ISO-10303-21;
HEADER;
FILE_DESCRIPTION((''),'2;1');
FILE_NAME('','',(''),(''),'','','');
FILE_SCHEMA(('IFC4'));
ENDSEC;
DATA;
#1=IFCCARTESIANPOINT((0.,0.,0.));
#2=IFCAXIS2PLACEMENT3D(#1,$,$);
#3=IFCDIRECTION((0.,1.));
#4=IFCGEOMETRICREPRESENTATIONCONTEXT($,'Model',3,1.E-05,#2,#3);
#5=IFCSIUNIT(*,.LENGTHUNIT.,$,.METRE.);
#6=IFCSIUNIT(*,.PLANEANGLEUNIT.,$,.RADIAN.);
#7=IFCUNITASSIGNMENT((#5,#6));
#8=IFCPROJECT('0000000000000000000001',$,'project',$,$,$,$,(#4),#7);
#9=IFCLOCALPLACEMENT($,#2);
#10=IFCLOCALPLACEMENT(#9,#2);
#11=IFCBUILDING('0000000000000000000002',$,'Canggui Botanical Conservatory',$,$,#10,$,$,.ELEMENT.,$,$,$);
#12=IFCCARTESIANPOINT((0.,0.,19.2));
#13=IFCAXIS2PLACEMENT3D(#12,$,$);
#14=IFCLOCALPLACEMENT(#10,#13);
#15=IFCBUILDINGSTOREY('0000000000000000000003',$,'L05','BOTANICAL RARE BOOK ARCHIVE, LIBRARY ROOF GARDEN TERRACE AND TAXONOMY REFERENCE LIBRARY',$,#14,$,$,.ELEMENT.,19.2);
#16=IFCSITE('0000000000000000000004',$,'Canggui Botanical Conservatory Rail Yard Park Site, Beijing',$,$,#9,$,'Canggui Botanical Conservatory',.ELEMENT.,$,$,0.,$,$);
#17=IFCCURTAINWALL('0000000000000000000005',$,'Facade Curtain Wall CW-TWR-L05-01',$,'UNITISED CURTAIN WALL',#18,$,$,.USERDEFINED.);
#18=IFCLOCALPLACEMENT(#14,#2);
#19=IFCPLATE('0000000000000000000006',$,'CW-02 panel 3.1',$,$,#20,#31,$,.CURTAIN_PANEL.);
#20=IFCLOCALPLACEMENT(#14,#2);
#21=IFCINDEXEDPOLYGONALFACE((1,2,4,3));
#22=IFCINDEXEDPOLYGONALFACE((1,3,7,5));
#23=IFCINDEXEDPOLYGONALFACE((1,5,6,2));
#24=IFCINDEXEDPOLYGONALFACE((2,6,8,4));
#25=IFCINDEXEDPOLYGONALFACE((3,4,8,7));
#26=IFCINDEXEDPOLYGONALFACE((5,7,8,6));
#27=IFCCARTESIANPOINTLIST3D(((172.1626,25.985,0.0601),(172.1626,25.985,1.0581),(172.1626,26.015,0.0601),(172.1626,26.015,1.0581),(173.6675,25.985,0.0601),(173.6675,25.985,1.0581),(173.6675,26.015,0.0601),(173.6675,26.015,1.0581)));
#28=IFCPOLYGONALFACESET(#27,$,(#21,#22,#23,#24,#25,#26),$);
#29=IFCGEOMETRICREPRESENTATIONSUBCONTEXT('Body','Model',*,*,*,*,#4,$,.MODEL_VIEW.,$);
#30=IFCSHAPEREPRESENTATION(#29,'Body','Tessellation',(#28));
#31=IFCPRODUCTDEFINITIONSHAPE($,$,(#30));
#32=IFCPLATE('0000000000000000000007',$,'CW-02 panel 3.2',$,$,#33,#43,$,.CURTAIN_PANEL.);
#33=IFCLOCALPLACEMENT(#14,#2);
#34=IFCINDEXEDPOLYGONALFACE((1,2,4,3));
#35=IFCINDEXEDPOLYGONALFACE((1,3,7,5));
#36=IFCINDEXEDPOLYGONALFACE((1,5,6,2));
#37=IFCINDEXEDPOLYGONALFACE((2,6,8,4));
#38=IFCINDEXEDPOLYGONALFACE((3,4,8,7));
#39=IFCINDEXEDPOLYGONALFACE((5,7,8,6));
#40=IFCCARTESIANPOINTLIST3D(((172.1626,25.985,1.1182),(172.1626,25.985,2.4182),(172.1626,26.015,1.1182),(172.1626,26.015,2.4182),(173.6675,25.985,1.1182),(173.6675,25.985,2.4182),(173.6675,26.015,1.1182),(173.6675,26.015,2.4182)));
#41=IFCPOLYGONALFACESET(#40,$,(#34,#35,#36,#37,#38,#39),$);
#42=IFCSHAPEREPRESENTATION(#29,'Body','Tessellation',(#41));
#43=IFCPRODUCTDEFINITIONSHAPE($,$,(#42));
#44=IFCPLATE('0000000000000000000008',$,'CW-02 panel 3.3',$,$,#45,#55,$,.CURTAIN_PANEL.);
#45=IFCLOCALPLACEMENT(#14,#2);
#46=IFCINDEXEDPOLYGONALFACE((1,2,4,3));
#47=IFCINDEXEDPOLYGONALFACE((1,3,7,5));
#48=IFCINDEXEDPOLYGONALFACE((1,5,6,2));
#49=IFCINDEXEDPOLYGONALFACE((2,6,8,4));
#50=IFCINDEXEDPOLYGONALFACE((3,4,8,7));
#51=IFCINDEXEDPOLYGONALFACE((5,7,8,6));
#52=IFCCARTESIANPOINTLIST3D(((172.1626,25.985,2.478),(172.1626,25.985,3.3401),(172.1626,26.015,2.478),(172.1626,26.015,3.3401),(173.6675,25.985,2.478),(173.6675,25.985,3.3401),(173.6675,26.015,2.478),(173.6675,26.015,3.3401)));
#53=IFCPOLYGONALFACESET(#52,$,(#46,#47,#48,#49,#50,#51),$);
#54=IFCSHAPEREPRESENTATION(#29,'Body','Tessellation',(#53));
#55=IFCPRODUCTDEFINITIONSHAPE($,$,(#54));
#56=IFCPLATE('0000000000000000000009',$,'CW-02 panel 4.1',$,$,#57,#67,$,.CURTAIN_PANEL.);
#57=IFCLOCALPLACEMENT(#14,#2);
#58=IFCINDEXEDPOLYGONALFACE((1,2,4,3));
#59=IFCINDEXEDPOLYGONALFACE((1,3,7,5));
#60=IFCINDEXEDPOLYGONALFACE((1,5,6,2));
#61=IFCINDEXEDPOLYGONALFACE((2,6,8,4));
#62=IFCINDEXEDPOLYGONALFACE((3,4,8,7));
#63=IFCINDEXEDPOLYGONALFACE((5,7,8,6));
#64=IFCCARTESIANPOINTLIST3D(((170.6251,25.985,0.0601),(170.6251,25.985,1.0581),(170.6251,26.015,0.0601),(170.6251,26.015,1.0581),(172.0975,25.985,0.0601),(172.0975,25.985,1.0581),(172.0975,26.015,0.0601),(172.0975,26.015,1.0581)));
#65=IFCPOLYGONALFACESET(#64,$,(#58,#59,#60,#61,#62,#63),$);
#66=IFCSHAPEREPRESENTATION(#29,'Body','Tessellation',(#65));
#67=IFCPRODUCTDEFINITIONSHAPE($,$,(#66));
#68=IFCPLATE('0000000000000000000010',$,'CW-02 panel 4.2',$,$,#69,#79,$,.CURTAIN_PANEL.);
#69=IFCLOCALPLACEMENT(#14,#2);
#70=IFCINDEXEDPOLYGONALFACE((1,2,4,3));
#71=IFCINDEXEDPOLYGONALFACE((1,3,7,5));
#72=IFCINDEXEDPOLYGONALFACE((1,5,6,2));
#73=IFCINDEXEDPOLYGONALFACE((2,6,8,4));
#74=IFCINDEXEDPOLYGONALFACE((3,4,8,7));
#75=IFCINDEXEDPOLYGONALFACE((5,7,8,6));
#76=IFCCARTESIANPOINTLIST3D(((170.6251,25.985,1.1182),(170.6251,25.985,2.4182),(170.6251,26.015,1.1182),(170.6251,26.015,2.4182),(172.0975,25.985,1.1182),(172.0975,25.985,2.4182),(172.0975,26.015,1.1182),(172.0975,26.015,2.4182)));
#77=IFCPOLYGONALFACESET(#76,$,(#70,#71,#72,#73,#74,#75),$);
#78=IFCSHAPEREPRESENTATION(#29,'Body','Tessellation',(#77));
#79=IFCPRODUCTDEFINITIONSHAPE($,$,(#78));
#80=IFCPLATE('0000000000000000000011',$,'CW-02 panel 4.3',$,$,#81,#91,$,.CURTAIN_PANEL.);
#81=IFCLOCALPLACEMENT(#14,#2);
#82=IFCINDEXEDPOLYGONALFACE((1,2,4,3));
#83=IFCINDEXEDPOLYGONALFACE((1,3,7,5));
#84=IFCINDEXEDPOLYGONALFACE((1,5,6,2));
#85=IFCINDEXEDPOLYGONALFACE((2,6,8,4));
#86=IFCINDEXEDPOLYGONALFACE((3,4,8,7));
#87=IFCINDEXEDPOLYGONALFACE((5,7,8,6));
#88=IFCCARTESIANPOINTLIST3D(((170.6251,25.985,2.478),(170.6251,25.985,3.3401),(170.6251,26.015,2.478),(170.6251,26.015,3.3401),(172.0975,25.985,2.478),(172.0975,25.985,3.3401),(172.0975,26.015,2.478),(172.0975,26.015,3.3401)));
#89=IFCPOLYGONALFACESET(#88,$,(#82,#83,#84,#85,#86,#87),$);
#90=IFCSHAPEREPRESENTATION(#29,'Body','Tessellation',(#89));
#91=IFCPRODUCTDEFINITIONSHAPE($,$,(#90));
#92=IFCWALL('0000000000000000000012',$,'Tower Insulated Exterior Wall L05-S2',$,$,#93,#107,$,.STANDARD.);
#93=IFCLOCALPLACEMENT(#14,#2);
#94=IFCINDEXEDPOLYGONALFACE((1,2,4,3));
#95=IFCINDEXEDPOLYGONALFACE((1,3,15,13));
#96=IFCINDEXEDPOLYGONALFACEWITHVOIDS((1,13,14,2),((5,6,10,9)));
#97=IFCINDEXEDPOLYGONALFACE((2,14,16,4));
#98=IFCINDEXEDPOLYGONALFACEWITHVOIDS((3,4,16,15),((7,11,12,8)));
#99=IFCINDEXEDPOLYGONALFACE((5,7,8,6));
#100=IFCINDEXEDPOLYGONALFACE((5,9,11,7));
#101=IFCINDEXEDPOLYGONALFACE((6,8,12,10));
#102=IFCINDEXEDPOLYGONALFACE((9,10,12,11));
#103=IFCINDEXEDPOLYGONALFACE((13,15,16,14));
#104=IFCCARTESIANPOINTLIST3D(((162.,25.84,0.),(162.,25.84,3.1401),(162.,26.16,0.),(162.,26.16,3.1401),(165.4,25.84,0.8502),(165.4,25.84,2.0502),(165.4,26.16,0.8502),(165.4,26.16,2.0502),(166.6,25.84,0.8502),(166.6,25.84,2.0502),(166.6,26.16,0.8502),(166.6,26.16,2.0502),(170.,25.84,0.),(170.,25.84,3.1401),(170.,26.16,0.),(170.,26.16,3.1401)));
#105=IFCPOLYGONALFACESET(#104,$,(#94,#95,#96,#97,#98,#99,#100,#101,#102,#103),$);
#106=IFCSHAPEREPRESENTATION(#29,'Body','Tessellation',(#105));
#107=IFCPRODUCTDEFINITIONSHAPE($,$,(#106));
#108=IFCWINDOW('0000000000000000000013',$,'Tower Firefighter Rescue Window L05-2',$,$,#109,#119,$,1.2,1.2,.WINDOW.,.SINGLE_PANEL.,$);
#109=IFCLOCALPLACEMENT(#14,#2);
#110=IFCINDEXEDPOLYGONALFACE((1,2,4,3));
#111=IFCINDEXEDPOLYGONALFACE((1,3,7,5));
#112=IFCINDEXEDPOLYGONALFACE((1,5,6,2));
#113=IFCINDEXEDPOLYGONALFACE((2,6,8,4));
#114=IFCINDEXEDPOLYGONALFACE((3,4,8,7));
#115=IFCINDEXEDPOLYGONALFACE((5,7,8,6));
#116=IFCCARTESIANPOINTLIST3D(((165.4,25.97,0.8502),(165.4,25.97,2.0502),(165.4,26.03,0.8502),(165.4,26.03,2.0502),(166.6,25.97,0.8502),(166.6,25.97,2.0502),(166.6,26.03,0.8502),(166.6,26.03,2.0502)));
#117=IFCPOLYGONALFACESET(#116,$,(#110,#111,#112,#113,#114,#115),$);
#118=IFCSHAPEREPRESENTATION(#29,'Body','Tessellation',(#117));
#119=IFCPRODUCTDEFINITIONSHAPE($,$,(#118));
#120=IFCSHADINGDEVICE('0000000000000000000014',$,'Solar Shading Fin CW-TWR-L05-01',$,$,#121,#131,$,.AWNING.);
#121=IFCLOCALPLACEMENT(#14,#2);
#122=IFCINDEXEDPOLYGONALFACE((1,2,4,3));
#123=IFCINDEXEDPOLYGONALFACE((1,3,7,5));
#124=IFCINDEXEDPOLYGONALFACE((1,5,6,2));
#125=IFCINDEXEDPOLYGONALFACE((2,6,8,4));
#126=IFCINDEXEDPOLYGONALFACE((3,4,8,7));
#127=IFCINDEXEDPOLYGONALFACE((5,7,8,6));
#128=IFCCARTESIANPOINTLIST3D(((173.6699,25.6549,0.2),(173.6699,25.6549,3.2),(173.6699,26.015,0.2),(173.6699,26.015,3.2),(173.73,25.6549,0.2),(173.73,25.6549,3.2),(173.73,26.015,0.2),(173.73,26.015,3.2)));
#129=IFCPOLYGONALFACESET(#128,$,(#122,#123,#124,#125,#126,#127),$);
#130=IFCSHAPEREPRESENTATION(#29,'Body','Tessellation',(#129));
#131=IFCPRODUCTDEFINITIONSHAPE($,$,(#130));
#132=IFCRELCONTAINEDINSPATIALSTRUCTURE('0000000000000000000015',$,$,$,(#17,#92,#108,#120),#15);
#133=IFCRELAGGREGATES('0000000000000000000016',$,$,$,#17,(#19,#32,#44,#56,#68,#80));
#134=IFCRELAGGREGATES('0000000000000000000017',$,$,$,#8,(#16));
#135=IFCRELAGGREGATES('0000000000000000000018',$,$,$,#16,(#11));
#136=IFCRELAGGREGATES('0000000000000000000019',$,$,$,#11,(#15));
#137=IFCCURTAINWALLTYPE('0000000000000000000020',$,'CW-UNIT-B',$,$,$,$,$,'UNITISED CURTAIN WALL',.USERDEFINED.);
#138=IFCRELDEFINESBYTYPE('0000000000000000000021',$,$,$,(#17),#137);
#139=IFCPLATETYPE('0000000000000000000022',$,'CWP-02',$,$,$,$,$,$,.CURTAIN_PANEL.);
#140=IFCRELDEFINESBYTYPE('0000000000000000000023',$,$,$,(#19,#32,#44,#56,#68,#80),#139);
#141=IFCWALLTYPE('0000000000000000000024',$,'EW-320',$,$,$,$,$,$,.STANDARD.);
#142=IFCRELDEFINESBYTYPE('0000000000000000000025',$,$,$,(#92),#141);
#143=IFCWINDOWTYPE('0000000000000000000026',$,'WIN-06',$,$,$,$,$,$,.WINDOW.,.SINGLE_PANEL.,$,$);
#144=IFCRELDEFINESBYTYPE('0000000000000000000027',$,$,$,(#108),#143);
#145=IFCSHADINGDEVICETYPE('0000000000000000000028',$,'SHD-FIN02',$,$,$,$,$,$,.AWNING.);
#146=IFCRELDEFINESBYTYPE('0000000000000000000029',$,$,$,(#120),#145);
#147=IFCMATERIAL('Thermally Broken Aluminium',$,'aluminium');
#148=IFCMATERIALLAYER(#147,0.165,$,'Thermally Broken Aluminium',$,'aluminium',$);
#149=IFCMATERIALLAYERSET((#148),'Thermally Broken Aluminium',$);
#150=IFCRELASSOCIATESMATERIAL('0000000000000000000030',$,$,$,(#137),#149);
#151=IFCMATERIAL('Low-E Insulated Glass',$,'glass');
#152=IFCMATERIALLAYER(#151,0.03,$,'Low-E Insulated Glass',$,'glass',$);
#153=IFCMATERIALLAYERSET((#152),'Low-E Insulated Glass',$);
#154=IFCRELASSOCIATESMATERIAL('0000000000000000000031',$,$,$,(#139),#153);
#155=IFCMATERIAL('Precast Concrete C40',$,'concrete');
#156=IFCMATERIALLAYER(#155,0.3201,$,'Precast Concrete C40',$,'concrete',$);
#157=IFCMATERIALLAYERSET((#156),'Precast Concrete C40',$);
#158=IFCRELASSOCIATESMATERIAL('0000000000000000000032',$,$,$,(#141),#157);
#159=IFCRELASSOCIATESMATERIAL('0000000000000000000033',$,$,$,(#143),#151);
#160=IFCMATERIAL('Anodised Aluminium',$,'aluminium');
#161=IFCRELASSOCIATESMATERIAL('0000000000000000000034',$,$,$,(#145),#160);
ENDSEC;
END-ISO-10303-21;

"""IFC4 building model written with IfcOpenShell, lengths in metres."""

from ifc_helpers import new_model, si_unit, direction, frame, frame_2d, origin, origin_2d, place, context, subcontext, project, spatial, rectangle, extrude, material, layer, layer_set, type_object, element, fill, aggregate, save


model = new_model("IFC4")

# Units and contexts
model_context = context("Model", 3, precision=1e-05, world=origin(), true_north=direction((0.0, 1.0)))
body_context = subcontext(model_context, "Body", "Model", "MODEL_VIEW")
ifc_project = project(units=[si_unit("LENGTHUNIT", "METRE"), si_unit("PLANEANGLEUNIT", "RADIAN")], contexts=[model_context])

# Site, building, storey
site_placement = place(None, origin())
site = spatial("IfcSite", under=ifc_project, at=site_placement, Name="Canggui Botanical Conservatory Rail Yard Park Site, Beijing", LongName="Canggui Botanical Conservatory", CompositionType="ELEMENT", RefElevation=0.0)
building_placement = place(site_placement, origin())
building = spatial("IfcBuilding", under=site, at=building_placement, Name="Canggui Botanical Conservatory", CompositionType="ELEMENT")
storey_placement = place(building_placement, frame((0.0, 0.0, 19.2)))
storey = spatial("IfcBuildingStorey", under=building, at=storey_placement, Name="L05", Description="BOTANICAL RARE BOOK ARCHIVE, LIBRARY ROOF GARDEN TERRACE AND TAXONOMY REFERENCE LIBRARY", CompositionType="ELEMENT", Elevation=19.2)

# Curtain wall, plates
ifc_material_1 = material(Name="Thermally Broken Aluminium", Category="aluminium")
ifc_layer_1 = layer(ifc_material_1, 0.165, Name="Thermally Broken Aluminium", Category="aluminium")
ifc_layer_set_1 = layer_set([ifc_layer_1], Name="Thermally Broken Aluminium")
curtain_wall_type = type_object("IfcCurtainWallType", Name="CW-UNIT-B", ElementType="UNITISED CURTAIN WALL", PredefinedType="USERDEFINED", material=ifc_layer_set_1)
curtain_wall_placement = place(storey_placement, origin())
curtain_wall = element("IfcCurtainWall", 1, at=curtain_wall_placement, inside=storey, type_object=curtain_wall_type, Name="Facade Curtain Wall CW-TWR-L05-01", ObjectType="UNITISED CURTAIN WALL", PredefinedType="USERDEFINED")
ifc_material_2 = material(Name="Low-E Insulated Glass", Category="glass")
ifc_layer_2 = layer(ifc_material_2, 0.03, Name="Low-E Insulated Glass", Category="glass")
ifc_layer_set_2 = layer_set([ifc_layer_2], Name="Low-E Insulated Glass")
plate_type = type_object("IfcPlateType", Name="CWP-02", PredefinedType="CURTAIN_PANEL", material=ifc_layer_set_2)
plate_1_placement = place(storey_placement, frame((172.915, 26.0, 0.0601), z_axis=(0.0, 0.0, 1.0), x_axis=(-1.0, 0.0, 0.0)))
plate_1 = element("IfcPlate", 2, at=plate_1_placement, type_object=plate_type, Name="CW-02 panel 3.1", PredefinedType="CURTAIN_PANEL", context=body_context, shape_type="SweptSolid", body=[
    extrude(rectangle(XDim=1.5049, YDim=0.03, at=origin_2d()), origin(), (0.0, 0.0, 1.0), 0.998),
])
plate_2_placement = place(storey_placement, frame((172.915, 26.0, 1.1182), z_axis=(0.0, 0.0, 1.0), x_axis=(-1.0, 0.0, 0.0)))
plate_2 = element("IfcPlate", 3, at=plate_2_placement, type_object=plate_type, Name="CW-02 panel 3.2", PredefinedType="CURTAIN_PANEL", context=body_context, shape_type="SweptSolid", body=[
    extrude(rectangle(XDim=1.5049, YDim=0.03, at=origin_2d()), origin(), (0.0, 0.0, 1.0), 1.3),
])
plate_3_placement = place(storey_placement, frame((172.915, 26.0, 2.478), z_axis=(0.0, 0.0, 1.0), x_axis=(-1.0, 0.0, 0.0)))
plate_3 = element("IfcPlate", 4, at=plate_3_placement, type_object=plate_type, Name="CW-02 panel 3.3", PredefinedType="CURTAIN_PANEL", context=body_context, shape_type="SweptSolid", body=[
    extrude(rectangle(XDim=1.5049, YDim=0.03, at=origin_2d()), origin(), (0.0, 0.0, 1.0), 0.8621),
])
plate_4_placement = place(storey_placement, frame((171.3613, 26.0, 0.0601), z_axis=(0.0, 0.0, 1.0), x_axis=(-1.0, 0.0, 0.0)))
plate_4 = element("IfcPlate", 5, at=plate_4_placement, type_object=plate_type, Name="CW-02 panel 4.1", PredefinedType="CURTAIN_PANEL", context=body_context, shape_type="SweptSolid", body=[
    extrude(rectangle(XDim=1.4724, YDim=0.03, at=origin_2d()), origin(), (0.0, 0.0, 1.0), 0.998),
])
plate_5_placement = place(storey_placement, frame((171.3613, 26.0, 1.1182), z_axis=(0.0, 0.0, 1.0), x_axis=(-1.0, 0.0, 0.0)))
plate_5 = element("IfcPlate", 6, at=plate_5_placement, type_object=plate_type, Name="CW-02 panel 4.2", PredefinedType="CURTAIN_PANEL", context=body_context, shape_type="SweptSolid", body=[
    extrude(rectangle(XDim=1.4724, YDim=0.03, at=origin_2d()), origin(), (0.0, 0.0, 1.0), 1.3),
])
plate_6_placement = place(storey_placement, frame((171.3613, 26.0, 2.478), z_axis=(0.0, 0.0, 1.0), x_axis=(-1.0, 0.0, 0.0)))
plate_6 = element("IfcPlate", 7, at=plate_6_placement, type_object=plate_type, Name="CW-02 panel 4.3", PredefinedType="CURTAIN_PANEL", context=body_context, shape_type="SweptSolid", body=[
    extrude(rectangle(XDim=1.4724, YDim=0.03, at=origin_2d()), origin(), (0.0, 0.0, 1.0), 0.8621),
])
aggregate(curtain_wall, [plate_1, plate_2, plate_3, plate_4, plate_5, plate_6])

# Wall, opening, window
ifc_material_3 = material(Name="Precast Concrete C40", Category="concrete")
ifc_layer_3 = layer(ifc_material_3, 0.3201, Name="Precast Concrete C40", Category="concrete")
ifc_layer_set_3 = layer_set([ifc_layer_3], Name="Precast Concrete C40")
wall_type = type_object("IfcWallType", Name="EW-320", PredefinedType="STANDARD", material=ifc_layer_set_3)
wall_placement = place(storey_placement, frame((170.0, 26.0, 0.0), z_axis=(0.0, 0.0, 1.0), x_axis=(-1.0, 0.0, 0.0)))
wall = element("IfcWall", 8, at=wall_placement, inside=storey, type_object=wall_type, Name="Tower Insulated Exterior Wall L05-S2", PredefinedType="STANDARD", context=body_context, shape_type="SweptSolid", body=[
    extrude(rectangle(XDim=8.0, YDim=0.3201, at=frame_2d((4.0, 0.0))), origin(), (0.0, 0.0, 1.0), 3.1401),
])
opening_placement = place(wall_placement, frame((3.3999, 0.0, 0.8501)))
opening = element("IfcOpeningElement", 9, at=opening_placement, cuts=wall, PredefinedType="OPENING", context=body_context, shape_type="SweptSolid", body=[
    extrude(rectangle(XDim=1.2, YDim=1.2, at=frame_2d((0.6001, 0.6001))), frame((0.0, 0.1699, 0.0), z_axis=(0.0, -1.0, 0.0), x_axis=(1.0, 0.0, 0.0)), (0.0, 0.0, 1.0), 0.3401),
])
window_type = type_object("IfcWindowType", Name="WIN-06", PartitioningType="SINGLE_PANEL", PredefinedType="WINDOW", material=ifc_material_2)
window_placement = place(opening_placement, origin())
window = element("IfcWindow", 10, at=window_placement, inside=storey, type_object=window_type, Name="Tower Firefighter Rescue Window L05-2", OverallHeight=1.2, OverallWidth=1.2, PartitioningType="SINGLE_PANEL", PredefinedType="WINDOW", context=body_context, shape_type="SweptSolid", body=[
    extrude(rectangle(XDim=1.2, YDim=1.2, at=frame_2d((0.6001, 0.6001))), frame((0.0, 0.03, 0.0), z_axis=(0.0, -1.0, 0.0), x_axis=(1.0, 0.0, 0.0)), (0.0, 0.0, 1.0), 0.0601),
])
fill(opening, window)

# Shading device
ifc_material_4 = material(Name="Anodised Aluminium", Category="aluminium")
shading_device_type = type_object("IfcShadingDeviceType", Name="SHD-FIN02", PredefinedType="AWNING", material=ifc_material_4)
shading_device_placement = place(storey_placement, frame((173.7, 25.835, 0.2), z_axis=(0.0, 0.0, 1.0), x_axis=(-1.0, 0.0, 0.0)))
element("IfcShadingDevice", 11, at=shading_device_placement, inside=storey, type_object=shading_device_type, Name="Solar Shading Fin CW-TWR-L05-01", PredefinedType="AWNING", context=body_context, shape_type="SweptSolid", body=[
    extrude(rectangle(XDim=0.0601, YDim=0.3601, at=origin_2d()), origin(), (0.0, 0.0, 1.0), 3.0),
])

save(model, "model.ifc")
